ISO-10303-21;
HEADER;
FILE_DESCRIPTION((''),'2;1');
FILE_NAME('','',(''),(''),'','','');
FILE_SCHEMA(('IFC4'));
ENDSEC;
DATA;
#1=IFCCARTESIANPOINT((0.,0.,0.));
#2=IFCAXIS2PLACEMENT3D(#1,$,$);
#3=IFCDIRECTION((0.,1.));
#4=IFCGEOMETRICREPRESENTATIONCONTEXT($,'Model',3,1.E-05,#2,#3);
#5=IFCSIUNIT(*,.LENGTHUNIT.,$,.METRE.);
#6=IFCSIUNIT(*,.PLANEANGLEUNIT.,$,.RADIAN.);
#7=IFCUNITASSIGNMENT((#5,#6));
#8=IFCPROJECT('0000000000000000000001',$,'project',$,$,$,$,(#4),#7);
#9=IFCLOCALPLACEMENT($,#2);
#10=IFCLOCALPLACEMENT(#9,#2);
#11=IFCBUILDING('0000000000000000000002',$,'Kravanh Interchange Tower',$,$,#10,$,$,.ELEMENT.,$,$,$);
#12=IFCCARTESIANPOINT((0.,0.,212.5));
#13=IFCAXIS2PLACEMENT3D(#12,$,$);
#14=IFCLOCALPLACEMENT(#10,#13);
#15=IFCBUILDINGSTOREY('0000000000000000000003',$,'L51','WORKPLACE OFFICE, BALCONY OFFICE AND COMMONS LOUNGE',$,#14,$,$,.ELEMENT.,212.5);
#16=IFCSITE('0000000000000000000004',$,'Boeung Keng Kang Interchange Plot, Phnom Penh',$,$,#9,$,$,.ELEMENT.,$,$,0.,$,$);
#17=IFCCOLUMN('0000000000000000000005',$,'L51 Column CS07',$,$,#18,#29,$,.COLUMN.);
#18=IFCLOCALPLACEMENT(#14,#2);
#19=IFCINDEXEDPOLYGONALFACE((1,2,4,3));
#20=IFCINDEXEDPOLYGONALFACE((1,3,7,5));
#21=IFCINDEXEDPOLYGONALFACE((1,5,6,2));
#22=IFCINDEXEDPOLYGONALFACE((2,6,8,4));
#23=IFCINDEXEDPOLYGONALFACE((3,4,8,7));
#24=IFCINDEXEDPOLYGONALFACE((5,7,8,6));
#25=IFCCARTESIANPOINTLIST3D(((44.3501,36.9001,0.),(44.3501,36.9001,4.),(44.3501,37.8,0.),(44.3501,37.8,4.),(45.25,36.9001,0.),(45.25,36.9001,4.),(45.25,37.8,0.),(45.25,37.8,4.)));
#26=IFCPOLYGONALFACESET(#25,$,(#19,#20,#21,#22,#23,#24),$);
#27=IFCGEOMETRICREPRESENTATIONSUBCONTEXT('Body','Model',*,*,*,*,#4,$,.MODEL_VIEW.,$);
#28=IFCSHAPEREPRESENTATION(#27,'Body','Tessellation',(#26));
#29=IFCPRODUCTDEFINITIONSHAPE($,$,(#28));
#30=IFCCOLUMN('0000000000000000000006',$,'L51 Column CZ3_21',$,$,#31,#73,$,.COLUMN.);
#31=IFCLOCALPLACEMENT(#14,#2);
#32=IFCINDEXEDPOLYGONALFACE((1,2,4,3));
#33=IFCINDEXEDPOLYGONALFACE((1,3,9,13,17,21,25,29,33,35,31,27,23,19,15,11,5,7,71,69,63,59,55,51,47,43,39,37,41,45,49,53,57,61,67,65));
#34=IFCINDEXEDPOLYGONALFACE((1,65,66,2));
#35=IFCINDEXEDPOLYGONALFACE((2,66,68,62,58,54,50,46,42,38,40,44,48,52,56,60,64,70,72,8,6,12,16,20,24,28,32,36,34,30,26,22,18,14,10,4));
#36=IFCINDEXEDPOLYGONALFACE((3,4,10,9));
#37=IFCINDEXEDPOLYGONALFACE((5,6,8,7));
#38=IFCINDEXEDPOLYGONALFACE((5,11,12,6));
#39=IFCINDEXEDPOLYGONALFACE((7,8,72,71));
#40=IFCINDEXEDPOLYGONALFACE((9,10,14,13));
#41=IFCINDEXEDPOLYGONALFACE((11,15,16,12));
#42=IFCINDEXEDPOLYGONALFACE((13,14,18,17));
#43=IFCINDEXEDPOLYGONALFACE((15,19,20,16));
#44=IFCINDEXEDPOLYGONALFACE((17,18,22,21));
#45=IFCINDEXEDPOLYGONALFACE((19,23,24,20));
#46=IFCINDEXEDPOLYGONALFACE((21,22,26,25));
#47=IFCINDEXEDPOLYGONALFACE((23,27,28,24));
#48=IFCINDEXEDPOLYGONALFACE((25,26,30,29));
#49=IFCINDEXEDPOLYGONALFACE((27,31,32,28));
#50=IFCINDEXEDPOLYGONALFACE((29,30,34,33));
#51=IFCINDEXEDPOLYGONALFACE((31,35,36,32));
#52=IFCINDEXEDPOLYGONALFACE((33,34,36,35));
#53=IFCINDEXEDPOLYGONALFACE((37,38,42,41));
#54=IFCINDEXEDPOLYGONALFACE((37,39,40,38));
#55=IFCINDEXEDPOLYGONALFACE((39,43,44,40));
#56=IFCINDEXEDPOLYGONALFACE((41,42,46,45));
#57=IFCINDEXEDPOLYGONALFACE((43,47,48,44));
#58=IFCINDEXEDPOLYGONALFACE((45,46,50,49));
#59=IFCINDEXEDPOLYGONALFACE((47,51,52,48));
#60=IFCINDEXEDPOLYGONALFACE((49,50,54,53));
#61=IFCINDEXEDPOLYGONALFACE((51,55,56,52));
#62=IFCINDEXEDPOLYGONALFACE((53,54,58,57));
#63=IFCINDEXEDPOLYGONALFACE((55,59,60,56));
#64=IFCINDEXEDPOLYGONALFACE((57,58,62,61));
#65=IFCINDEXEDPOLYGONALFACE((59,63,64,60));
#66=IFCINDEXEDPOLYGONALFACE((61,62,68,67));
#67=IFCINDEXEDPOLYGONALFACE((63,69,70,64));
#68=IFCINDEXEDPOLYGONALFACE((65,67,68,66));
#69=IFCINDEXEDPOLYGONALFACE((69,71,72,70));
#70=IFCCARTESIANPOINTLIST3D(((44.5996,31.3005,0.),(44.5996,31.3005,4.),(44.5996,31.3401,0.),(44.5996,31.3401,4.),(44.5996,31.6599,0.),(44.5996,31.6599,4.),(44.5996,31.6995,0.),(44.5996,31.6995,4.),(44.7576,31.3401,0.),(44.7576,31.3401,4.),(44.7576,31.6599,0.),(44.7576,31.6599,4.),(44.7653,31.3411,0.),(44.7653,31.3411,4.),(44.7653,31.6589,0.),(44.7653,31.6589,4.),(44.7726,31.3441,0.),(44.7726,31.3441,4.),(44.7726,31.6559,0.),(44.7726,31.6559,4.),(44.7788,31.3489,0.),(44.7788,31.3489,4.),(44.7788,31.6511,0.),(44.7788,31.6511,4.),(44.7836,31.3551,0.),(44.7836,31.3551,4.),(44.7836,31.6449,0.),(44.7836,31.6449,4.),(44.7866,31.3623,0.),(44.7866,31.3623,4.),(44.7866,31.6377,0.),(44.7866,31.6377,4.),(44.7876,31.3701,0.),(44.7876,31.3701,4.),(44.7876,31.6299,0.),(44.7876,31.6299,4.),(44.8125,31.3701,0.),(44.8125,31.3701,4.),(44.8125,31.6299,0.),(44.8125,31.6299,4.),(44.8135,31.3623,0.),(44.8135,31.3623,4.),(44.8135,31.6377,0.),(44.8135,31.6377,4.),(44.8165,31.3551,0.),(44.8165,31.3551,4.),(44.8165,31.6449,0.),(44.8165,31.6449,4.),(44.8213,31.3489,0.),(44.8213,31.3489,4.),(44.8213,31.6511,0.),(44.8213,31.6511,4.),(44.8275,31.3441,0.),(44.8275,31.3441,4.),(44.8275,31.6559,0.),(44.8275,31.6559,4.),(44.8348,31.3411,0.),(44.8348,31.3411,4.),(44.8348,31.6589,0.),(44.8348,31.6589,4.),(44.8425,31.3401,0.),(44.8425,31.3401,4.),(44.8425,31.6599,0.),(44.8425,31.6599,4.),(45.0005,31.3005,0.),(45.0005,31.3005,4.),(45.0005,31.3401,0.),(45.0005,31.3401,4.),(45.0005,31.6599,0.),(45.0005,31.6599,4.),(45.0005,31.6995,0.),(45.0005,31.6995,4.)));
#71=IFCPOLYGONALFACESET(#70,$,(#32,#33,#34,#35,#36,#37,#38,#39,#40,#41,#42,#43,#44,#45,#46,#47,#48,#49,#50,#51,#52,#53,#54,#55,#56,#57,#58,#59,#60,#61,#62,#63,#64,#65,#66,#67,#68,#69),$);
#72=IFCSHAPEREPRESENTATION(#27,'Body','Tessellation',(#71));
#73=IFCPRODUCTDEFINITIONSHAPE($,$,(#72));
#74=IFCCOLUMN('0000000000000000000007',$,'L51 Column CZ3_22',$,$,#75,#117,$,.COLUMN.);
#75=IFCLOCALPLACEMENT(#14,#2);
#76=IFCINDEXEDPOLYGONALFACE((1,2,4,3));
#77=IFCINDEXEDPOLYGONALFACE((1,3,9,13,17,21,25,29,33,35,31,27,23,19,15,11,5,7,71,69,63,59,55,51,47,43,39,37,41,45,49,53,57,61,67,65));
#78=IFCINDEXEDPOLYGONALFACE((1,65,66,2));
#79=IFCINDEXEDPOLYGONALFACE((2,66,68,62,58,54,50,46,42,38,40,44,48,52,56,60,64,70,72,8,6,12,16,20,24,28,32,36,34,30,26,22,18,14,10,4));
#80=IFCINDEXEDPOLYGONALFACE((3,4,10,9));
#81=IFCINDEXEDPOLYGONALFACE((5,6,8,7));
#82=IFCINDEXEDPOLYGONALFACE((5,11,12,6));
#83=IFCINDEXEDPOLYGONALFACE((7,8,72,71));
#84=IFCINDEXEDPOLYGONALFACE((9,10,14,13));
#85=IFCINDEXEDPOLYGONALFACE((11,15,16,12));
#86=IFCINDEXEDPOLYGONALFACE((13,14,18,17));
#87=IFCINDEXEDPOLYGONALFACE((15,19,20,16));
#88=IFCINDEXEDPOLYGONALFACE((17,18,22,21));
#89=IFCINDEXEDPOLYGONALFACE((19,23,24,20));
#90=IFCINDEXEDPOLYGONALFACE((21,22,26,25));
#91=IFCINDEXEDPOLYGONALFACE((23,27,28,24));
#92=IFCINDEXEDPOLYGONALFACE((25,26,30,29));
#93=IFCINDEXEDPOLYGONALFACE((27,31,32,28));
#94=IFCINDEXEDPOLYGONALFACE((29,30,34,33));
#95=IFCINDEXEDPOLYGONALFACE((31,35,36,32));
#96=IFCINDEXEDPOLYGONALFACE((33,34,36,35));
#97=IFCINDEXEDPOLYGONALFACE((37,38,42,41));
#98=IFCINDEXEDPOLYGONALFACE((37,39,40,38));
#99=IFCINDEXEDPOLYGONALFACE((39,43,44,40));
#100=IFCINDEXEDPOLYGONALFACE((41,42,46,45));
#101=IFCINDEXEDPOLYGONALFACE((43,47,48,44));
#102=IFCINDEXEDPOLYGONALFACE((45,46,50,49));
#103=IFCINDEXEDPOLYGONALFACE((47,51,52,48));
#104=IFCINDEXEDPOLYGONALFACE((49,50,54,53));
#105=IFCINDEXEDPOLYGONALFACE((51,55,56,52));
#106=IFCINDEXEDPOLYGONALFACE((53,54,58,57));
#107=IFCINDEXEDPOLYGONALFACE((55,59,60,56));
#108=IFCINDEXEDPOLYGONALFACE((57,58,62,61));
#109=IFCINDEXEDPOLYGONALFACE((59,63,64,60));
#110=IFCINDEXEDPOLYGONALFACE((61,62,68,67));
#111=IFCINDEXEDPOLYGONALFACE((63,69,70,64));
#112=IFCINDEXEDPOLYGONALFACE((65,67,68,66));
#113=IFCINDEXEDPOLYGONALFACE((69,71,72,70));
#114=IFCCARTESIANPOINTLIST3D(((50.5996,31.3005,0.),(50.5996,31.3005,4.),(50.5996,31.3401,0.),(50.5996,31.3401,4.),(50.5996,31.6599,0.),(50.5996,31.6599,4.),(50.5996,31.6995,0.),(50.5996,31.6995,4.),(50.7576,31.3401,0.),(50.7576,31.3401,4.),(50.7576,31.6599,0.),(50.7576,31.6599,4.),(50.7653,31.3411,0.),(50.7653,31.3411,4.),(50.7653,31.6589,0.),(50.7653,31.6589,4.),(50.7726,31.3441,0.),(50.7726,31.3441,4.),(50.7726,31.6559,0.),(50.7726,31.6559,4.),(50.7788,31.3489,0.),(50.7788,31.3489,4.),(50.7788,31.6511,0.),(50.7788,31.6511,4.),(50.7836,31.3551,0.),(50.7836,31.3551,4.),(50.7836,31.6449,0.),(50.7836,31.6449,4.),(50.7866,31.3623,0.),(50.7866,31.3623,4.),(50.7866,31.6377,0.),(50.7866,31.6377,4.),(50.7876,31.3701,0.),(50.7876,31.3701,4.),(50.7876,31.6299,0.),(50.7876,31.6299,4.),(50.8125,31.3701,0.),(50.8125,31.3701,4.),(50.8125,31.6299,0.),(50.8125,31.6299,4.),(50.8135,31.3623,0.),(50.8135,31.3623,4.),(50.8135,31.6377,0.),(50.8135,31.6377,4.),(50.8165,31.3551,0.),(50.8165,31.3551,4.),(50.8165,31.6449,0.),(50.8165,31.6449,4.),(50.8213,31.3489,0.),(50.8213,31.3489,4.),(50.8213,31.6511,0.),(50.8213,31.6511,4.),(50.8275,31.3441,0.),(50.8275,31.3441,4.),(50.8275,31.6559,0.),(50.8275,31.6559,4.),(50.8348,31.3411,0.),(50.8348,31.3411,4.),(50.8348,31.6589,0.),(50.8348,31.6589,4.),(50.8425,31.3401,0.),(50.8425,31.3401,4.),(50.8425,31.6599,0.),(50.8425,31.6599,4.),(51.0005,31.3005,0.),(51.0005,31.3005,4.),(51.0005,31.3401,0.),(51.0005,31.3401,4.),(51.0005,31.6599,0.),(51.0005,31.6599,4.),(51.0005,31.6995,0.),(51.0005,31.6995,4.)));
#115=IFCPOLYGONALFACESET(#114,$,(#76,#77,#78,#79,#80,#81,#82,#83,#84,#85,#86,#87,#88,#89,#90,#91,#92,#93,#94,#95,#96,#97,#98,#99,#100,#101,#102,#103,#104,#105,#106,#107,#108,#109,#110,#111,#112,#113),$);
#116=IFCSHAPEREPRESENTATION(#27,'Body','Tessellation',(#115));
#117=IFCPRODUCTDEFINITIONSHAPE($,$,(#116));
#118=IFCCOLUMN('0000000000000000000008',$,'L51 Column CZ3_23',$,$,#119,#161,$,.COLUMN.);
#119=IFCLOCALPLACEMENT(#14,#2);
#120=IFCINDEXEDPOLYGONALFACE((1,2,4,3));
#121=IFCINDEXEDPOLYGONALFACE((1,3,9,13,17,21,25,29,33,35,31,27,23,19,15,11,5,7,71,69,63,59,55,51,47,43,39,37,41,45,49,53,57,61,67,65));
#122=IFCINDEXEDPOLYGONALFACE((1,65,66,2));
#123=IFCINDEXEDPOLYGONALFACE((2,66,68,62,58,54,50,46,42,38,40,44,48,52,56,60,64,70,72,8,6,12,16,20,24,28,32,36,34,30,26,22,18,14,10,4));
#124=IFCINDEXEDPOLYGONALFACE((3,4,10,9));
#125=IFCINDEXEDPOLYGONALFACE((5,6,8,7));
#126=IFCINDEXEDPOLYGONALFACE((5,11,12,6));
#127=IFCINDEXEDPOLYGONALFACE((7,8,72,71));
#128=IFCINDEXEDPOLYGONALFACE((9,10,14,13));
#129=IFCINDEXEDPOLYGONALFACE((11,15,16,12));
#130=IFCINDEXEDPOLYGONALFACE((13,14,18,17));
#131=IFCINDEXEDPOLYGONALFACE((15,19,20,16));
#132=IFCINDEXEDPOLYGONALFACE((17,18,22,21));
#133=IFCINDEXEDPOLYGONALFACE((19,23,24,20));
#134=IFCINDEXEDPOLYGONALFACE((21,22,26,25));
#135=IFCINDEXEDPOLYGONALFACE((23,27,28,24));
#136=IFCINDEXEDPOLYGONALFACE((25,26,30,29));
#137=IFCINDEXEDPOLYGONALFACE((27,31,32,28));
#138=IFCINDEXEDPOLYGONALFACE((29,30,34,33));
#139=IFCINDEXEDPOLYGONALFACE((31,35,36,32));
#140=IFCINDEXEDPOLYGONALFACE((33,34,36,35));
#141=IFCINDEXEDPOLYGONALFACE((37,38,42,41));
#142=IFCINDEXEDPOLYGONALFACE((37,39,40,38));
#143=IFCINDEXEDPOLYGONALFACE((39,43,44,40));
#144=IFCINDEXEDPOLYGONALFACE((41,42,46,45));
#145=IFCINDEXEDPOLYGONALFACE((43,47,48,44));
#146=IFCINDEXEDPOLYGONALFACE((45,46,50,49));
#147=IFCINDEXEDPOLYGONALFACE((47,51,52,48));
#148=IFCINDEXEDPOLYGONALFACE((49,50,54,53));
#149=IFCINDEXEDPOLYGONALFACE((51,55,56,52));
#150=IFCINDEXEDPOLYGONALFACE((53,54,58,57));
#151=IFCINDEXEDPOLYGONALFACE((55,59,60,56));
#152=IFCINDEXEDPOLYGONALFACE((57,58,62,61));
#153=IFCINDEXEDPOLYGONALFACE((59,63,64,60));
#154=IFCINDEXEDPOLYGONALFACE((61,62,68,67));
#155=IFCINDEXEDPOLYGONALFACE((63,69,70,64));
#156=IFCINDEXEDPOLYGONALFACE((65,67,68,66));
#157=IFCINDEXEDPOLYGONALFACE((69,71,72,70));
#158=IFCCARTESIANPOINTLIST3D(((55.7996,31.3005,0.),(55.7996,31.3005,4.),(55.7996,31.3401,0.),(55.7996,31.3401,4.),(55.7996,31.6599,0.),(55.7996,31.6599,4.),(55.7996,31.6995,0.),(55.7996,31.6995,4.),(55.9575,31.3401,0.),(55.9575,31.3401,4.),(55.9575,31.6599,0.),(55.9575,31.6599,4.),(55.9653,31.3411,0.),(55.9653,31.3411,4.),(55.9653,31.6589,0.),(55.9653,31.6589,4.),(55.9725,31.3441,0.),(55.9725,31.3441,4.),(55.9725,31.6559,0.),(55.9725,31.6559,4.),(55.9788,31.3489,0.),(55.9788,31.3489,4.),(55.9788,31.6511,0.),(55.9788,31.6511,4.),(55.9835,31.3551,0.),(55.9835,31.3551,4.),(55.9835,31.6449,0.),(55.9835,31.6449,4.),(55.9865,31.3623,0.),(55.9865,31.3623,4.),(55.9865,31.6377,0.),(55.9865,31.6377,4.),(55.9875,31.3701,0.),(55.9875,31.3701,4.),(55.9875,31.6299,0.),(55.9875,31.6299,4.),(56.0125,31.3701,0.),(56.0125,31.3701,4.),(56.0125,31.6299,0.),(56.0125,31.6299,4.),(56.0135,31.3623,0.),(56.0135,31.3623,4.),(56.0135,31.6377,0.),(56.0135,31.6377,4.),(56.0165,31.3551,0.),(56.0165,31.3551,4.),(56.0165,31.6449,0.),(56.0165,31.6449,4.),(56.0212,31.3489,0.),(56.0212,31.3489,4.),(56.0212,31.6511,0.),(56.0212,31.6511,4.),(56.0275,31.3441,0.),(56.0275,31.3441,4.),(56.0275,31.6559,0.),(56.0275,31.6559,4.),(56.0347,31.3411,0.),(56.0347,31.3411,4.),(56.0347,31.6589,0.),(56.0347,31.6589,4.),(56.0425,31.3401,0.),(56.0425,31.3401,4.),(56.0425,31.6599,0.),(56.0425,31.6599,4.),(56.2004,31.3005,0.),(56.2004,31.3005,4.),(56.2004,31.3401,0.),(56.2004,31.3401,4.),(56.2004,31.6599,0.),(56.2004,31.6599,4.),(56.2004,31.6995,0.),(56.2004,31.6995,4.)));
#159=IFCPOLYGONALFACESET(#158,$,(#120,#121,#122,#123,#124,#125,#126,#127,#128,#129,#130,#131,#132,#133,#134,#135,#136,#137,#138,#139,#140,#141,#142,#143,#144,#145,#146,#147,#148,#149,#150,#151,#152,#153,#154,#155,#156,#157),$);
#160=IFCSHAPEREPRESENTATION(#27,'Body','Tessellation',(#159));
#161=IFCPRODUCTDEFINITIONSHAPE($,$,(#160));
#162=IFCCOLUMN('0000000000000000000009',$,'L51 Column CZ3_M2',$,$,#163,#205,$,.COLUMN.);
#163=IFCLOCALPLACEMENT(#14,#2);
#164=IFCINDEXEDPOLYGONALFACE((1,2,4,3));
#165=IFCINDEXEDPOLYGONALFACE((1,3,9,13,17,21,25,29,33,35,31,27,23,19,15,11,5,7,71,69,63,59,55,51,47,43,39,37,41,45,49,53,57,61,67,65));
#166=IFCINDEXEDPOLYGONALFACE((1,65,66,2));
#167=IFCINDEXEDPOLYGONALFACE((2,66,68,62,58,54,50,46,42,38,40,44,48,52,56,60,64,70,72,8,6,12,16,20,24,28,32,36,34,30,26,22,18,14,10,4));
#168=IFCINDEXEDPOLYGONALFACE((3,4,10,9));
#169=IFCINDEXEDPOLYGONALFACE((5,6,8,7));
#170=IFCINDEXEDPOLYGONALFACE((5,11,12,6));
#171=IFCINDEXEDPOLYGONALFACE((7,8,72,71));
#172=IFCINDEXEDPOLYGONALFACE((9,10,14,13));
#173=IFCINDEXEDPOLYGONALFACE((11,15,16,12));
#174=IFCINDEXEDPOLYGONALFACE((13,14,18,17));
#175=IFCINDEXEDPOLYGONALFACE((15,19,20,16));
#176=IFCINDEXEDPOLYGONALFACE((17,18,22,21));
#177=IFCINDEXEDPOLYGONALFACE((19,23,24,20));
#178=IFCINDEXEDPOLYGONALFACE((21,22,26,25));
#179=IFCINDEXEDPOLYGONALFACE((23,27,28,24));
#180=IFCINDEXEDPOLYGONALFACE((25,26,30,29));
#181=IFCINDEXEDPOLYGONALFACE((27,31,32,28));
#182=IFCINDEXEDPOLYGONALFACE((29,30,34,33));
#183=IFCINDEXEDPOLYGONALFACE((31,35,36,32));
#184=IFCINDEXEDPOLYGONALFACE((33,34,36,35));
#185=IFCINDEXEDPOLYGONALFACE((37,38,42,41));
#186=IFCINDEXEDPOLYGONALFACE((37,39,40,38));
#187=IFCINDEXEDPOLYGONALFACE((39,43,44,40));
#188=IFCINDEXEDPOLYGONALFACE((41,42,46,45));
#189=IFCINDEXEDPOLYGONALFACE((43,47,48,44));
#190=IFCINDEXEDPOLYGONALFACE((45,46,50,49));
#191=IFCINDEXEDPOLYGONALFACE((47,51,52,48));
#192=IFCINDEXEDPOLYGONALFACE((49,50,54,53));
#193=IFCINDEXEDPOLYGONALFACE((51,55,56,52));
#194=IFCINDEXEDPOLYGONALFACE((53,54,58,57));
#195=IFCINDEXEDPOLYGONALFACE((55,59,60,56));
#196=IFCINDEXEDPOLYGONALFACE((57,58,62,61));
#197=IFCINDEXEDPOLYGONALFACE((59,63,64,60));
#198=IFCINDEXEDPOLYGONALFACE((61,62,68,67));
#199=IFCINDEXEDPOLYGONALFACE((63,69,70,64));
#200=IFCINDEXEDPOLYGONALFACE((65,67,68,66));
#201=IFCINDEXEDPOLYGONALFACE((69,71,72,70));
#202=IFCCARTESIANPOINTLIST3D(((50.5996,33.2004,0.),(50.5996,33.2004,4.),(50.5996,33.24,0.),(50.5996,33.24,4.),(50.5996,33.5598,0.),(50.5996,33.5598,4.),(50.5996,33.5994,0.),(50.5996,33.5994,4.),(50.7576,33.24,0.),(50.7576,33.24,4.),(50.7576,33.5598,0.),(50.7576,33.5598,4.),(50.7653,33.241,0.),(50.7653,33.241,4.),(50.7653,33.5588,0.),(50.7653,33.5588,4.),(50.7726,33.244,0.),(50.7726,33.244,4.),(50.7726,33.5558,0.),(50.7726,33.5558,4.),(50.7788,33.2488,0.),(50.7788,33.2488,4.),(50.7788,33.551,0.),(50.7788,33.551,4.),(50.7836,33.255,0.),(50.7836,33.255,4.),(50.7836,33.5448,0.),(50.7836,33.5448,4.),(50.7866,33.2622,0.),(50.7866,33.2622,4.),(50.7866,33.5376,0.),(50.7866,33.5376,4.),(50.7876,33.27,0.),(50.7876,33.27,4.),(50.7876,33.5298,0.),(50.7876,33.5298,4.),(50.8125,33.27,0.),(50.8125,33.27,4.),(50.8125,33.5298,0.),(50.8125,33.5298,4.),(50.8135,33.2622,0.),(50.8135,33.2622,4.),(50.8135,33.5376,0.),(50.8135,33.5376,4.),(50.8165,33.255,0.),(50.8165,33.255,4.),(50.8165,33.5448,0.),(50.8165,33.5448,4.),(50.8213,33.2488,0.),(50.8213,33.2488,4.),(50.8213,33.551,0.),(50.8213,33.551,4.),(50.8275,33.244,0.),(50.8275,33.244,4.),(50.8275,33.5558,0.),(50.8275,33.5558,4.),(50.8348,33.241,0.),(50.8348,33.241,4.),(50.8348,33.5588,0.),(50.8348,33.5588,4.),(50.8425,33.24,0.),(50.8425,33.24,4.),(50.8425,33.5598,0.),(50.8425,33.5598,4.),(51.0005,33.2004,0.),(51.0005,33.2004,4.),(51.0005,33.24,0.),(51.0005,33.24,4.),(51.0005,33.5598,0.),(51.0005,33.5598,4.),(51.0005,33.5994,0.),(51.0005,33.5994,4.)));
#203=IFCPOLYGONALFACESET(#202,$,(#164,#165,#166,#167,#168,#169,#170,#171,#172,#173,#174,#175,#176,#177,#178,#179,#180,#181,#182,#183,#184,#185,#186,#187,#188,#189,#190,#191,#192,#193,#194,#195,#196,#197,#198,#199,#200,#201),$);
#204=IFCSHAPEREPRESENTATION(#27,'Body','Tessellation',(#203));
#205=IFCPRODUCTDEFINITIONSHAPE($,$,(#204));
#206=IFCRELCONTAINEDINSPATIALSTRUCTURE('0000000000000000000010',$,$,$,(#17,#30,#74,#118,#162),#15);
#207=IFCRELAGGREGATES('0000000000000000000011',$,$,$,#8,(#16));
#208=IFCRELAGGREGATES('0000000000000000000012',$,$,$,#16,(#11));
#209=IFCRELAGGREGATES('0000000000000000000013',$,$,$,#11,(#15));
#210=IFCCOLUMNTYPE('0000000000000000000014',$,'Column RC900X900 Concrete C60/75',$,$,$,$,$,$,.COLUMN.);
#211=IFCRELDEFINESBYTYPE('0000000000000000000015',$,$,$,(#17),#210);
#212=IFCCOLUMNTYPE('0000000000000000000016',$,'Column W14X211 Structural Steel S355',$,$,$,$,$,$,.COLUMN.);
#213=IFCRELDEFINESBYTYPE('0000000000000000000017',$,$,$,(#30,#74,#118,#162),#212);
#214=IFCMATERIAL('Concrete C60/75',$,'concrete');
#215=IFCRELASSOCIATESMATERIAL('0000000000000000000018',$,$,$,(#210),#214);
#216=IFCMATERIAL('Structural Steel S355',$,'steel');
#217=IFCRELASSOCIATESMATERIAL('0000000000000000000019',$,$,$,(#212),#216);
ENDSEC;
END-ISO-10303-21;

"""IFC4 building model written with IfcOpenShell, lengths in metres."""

from ifc_helpers import new_model, si_unit, direction, frame, origin, origin_2d, place, context, subcontext, project, spatial, rectangle, i_section, extrude, material, material_profile, profile_set, type_object, element, save


model = new_model("IFC4")

# Units and contexts
model_context = context("Model", 3, precision=1e-05, world=origin(), true_north=direction((0.0, 1.0)))
body_context = subcontext(model_context, "Body", "Model", "MODEL_VIEW")
ifc_project = project(units=[si_unit("LENGTHUNIT", "METRE"), si_unit("PLANEANGLEUNIT", "RADIAN")], contexts=[model_context])

# Site, building, storey
site_placement = place(None, origin())
site = spatial("IfcSite", under=ifc_project, at=site_placement, Name="Boeung Keng Kang Interchange Plot, Phnom Penh", CompositionType="ELEMENT", RefElevation=0.0)
building_placement = place(site_placement, origin())
building = spatial("IfcBuilding", under=site, at=building_placement, Name="Kravanh Interchange Tower", CompositionType="ELEMENT")
storey_placement = place(building_placement, frame((0.0, 0.0, 212.5)))
storey = spatial("IfcBuildingStorey", under=building, at=storey_placement, Name="L51", Description="WORKPLACE OFFICE, BALCONY OFFICE AND COMMONS LOUNGE", CompositionType="ELEMENT", Elevation=212.5)

# Columns
ifc_material_1 = material(Name="Concrete C60/75", Category="concrete")
ifc_material_profile_1 = material_profile(ifc_material_1, rectangle(XDim=0.8999, YDim=0.8999, at=origin_2d()), Name="RC900X900")
ifc_profile_set_1 = profile_set([ifc_material_profile_1], Name="Concrete C60/75")
column_type_1 = type_object("IfcColumnType", Name="Column RC900X900 Concrete C60/75", PredefinedType="COLUMN", material=ifc_profile_set_1)
column_placement = place(storey_placement, frame((44.8, 37.3501, 0.0), z_axis=(0.0, 0.0, 1.0), x_axis=(1.0, 0.0, 0.0)))
element("IfcColumn", 1, at=column_placement, inside=storey, type_object=column_type_1, Name="L51 Column CS07", PredefinedType="COLUMN", context=body_context, shape_type="SweptSolid", body=[
    extrude(rectangle(XDim=0.8999, YDim=0.8999, at=origin_2d()), origin(), (0.0, 0.0, 1.0), 4.0),
])
ifc_material_2 = material(Name="Structural Steel S355", Category="steel")
ifc_material_profile_2 = material_profile(ifc_material_2, i_section(OverallWidth=0.4009, OverallDepth=0.3989, WebThickness=0.0249, FlangeThickness=0.0396, FilletRadius=0.03, at=origin_2d()), Name="W14X211")
ifc_profile_set_2 = profile_set([ifc_material_profile_2], Name="Structural Steel S355")
column_type_2 = type_object("IfcColumnType", Name="Column W14X211 Structural Steel S355", PredefinedType="COLUMN", material=ifc_profile_set_2)
for number, where, z_axis, x_axis, name in (
    (2, (44.8, 31.5, 0.0), (0.0, 0.0, 1.0), (1.0, 0.0, 0.0), "L51 Column CZ3_21"),
    (3, (50.8, 31.5, 0.0), (0.0, 0.0, 1.0), (1.0, 0.0, 0.0), "L51 Column CZ3_22"),
    (4, (56.0, 31.5, 0.0), (0.0, 0.0, 1.0), (1.0, 0.0, 0.0), "L51 Column CZ3_23"),
    (5, (50.8, 33.3999, 0.0), (0.0, 0.0, 1.0), (1.0, 0.0, 0.0), "L51 Column CZ3_M2"),
):
    element("IfcColumn", number, at=place(storey_placement, frame(where, z_axis=z_axis, x_axis=x_axis)), inside=storey, type_object=column_type_2, Name=name, PredefinedType="COLUMN", context=body_context, shape_type="SweptSolid", body=[
        extrude(i_section(OverallWidth=0.4009, OverallDepth=0.3989, WebThickness=0.0249, FlangeThickness=0.0396, FilletRadius=0.03, at=origin_2d()), origin(), (0.0, 0.0, 1.0), 4.0),
    ])

save(model, "model.ifc")
